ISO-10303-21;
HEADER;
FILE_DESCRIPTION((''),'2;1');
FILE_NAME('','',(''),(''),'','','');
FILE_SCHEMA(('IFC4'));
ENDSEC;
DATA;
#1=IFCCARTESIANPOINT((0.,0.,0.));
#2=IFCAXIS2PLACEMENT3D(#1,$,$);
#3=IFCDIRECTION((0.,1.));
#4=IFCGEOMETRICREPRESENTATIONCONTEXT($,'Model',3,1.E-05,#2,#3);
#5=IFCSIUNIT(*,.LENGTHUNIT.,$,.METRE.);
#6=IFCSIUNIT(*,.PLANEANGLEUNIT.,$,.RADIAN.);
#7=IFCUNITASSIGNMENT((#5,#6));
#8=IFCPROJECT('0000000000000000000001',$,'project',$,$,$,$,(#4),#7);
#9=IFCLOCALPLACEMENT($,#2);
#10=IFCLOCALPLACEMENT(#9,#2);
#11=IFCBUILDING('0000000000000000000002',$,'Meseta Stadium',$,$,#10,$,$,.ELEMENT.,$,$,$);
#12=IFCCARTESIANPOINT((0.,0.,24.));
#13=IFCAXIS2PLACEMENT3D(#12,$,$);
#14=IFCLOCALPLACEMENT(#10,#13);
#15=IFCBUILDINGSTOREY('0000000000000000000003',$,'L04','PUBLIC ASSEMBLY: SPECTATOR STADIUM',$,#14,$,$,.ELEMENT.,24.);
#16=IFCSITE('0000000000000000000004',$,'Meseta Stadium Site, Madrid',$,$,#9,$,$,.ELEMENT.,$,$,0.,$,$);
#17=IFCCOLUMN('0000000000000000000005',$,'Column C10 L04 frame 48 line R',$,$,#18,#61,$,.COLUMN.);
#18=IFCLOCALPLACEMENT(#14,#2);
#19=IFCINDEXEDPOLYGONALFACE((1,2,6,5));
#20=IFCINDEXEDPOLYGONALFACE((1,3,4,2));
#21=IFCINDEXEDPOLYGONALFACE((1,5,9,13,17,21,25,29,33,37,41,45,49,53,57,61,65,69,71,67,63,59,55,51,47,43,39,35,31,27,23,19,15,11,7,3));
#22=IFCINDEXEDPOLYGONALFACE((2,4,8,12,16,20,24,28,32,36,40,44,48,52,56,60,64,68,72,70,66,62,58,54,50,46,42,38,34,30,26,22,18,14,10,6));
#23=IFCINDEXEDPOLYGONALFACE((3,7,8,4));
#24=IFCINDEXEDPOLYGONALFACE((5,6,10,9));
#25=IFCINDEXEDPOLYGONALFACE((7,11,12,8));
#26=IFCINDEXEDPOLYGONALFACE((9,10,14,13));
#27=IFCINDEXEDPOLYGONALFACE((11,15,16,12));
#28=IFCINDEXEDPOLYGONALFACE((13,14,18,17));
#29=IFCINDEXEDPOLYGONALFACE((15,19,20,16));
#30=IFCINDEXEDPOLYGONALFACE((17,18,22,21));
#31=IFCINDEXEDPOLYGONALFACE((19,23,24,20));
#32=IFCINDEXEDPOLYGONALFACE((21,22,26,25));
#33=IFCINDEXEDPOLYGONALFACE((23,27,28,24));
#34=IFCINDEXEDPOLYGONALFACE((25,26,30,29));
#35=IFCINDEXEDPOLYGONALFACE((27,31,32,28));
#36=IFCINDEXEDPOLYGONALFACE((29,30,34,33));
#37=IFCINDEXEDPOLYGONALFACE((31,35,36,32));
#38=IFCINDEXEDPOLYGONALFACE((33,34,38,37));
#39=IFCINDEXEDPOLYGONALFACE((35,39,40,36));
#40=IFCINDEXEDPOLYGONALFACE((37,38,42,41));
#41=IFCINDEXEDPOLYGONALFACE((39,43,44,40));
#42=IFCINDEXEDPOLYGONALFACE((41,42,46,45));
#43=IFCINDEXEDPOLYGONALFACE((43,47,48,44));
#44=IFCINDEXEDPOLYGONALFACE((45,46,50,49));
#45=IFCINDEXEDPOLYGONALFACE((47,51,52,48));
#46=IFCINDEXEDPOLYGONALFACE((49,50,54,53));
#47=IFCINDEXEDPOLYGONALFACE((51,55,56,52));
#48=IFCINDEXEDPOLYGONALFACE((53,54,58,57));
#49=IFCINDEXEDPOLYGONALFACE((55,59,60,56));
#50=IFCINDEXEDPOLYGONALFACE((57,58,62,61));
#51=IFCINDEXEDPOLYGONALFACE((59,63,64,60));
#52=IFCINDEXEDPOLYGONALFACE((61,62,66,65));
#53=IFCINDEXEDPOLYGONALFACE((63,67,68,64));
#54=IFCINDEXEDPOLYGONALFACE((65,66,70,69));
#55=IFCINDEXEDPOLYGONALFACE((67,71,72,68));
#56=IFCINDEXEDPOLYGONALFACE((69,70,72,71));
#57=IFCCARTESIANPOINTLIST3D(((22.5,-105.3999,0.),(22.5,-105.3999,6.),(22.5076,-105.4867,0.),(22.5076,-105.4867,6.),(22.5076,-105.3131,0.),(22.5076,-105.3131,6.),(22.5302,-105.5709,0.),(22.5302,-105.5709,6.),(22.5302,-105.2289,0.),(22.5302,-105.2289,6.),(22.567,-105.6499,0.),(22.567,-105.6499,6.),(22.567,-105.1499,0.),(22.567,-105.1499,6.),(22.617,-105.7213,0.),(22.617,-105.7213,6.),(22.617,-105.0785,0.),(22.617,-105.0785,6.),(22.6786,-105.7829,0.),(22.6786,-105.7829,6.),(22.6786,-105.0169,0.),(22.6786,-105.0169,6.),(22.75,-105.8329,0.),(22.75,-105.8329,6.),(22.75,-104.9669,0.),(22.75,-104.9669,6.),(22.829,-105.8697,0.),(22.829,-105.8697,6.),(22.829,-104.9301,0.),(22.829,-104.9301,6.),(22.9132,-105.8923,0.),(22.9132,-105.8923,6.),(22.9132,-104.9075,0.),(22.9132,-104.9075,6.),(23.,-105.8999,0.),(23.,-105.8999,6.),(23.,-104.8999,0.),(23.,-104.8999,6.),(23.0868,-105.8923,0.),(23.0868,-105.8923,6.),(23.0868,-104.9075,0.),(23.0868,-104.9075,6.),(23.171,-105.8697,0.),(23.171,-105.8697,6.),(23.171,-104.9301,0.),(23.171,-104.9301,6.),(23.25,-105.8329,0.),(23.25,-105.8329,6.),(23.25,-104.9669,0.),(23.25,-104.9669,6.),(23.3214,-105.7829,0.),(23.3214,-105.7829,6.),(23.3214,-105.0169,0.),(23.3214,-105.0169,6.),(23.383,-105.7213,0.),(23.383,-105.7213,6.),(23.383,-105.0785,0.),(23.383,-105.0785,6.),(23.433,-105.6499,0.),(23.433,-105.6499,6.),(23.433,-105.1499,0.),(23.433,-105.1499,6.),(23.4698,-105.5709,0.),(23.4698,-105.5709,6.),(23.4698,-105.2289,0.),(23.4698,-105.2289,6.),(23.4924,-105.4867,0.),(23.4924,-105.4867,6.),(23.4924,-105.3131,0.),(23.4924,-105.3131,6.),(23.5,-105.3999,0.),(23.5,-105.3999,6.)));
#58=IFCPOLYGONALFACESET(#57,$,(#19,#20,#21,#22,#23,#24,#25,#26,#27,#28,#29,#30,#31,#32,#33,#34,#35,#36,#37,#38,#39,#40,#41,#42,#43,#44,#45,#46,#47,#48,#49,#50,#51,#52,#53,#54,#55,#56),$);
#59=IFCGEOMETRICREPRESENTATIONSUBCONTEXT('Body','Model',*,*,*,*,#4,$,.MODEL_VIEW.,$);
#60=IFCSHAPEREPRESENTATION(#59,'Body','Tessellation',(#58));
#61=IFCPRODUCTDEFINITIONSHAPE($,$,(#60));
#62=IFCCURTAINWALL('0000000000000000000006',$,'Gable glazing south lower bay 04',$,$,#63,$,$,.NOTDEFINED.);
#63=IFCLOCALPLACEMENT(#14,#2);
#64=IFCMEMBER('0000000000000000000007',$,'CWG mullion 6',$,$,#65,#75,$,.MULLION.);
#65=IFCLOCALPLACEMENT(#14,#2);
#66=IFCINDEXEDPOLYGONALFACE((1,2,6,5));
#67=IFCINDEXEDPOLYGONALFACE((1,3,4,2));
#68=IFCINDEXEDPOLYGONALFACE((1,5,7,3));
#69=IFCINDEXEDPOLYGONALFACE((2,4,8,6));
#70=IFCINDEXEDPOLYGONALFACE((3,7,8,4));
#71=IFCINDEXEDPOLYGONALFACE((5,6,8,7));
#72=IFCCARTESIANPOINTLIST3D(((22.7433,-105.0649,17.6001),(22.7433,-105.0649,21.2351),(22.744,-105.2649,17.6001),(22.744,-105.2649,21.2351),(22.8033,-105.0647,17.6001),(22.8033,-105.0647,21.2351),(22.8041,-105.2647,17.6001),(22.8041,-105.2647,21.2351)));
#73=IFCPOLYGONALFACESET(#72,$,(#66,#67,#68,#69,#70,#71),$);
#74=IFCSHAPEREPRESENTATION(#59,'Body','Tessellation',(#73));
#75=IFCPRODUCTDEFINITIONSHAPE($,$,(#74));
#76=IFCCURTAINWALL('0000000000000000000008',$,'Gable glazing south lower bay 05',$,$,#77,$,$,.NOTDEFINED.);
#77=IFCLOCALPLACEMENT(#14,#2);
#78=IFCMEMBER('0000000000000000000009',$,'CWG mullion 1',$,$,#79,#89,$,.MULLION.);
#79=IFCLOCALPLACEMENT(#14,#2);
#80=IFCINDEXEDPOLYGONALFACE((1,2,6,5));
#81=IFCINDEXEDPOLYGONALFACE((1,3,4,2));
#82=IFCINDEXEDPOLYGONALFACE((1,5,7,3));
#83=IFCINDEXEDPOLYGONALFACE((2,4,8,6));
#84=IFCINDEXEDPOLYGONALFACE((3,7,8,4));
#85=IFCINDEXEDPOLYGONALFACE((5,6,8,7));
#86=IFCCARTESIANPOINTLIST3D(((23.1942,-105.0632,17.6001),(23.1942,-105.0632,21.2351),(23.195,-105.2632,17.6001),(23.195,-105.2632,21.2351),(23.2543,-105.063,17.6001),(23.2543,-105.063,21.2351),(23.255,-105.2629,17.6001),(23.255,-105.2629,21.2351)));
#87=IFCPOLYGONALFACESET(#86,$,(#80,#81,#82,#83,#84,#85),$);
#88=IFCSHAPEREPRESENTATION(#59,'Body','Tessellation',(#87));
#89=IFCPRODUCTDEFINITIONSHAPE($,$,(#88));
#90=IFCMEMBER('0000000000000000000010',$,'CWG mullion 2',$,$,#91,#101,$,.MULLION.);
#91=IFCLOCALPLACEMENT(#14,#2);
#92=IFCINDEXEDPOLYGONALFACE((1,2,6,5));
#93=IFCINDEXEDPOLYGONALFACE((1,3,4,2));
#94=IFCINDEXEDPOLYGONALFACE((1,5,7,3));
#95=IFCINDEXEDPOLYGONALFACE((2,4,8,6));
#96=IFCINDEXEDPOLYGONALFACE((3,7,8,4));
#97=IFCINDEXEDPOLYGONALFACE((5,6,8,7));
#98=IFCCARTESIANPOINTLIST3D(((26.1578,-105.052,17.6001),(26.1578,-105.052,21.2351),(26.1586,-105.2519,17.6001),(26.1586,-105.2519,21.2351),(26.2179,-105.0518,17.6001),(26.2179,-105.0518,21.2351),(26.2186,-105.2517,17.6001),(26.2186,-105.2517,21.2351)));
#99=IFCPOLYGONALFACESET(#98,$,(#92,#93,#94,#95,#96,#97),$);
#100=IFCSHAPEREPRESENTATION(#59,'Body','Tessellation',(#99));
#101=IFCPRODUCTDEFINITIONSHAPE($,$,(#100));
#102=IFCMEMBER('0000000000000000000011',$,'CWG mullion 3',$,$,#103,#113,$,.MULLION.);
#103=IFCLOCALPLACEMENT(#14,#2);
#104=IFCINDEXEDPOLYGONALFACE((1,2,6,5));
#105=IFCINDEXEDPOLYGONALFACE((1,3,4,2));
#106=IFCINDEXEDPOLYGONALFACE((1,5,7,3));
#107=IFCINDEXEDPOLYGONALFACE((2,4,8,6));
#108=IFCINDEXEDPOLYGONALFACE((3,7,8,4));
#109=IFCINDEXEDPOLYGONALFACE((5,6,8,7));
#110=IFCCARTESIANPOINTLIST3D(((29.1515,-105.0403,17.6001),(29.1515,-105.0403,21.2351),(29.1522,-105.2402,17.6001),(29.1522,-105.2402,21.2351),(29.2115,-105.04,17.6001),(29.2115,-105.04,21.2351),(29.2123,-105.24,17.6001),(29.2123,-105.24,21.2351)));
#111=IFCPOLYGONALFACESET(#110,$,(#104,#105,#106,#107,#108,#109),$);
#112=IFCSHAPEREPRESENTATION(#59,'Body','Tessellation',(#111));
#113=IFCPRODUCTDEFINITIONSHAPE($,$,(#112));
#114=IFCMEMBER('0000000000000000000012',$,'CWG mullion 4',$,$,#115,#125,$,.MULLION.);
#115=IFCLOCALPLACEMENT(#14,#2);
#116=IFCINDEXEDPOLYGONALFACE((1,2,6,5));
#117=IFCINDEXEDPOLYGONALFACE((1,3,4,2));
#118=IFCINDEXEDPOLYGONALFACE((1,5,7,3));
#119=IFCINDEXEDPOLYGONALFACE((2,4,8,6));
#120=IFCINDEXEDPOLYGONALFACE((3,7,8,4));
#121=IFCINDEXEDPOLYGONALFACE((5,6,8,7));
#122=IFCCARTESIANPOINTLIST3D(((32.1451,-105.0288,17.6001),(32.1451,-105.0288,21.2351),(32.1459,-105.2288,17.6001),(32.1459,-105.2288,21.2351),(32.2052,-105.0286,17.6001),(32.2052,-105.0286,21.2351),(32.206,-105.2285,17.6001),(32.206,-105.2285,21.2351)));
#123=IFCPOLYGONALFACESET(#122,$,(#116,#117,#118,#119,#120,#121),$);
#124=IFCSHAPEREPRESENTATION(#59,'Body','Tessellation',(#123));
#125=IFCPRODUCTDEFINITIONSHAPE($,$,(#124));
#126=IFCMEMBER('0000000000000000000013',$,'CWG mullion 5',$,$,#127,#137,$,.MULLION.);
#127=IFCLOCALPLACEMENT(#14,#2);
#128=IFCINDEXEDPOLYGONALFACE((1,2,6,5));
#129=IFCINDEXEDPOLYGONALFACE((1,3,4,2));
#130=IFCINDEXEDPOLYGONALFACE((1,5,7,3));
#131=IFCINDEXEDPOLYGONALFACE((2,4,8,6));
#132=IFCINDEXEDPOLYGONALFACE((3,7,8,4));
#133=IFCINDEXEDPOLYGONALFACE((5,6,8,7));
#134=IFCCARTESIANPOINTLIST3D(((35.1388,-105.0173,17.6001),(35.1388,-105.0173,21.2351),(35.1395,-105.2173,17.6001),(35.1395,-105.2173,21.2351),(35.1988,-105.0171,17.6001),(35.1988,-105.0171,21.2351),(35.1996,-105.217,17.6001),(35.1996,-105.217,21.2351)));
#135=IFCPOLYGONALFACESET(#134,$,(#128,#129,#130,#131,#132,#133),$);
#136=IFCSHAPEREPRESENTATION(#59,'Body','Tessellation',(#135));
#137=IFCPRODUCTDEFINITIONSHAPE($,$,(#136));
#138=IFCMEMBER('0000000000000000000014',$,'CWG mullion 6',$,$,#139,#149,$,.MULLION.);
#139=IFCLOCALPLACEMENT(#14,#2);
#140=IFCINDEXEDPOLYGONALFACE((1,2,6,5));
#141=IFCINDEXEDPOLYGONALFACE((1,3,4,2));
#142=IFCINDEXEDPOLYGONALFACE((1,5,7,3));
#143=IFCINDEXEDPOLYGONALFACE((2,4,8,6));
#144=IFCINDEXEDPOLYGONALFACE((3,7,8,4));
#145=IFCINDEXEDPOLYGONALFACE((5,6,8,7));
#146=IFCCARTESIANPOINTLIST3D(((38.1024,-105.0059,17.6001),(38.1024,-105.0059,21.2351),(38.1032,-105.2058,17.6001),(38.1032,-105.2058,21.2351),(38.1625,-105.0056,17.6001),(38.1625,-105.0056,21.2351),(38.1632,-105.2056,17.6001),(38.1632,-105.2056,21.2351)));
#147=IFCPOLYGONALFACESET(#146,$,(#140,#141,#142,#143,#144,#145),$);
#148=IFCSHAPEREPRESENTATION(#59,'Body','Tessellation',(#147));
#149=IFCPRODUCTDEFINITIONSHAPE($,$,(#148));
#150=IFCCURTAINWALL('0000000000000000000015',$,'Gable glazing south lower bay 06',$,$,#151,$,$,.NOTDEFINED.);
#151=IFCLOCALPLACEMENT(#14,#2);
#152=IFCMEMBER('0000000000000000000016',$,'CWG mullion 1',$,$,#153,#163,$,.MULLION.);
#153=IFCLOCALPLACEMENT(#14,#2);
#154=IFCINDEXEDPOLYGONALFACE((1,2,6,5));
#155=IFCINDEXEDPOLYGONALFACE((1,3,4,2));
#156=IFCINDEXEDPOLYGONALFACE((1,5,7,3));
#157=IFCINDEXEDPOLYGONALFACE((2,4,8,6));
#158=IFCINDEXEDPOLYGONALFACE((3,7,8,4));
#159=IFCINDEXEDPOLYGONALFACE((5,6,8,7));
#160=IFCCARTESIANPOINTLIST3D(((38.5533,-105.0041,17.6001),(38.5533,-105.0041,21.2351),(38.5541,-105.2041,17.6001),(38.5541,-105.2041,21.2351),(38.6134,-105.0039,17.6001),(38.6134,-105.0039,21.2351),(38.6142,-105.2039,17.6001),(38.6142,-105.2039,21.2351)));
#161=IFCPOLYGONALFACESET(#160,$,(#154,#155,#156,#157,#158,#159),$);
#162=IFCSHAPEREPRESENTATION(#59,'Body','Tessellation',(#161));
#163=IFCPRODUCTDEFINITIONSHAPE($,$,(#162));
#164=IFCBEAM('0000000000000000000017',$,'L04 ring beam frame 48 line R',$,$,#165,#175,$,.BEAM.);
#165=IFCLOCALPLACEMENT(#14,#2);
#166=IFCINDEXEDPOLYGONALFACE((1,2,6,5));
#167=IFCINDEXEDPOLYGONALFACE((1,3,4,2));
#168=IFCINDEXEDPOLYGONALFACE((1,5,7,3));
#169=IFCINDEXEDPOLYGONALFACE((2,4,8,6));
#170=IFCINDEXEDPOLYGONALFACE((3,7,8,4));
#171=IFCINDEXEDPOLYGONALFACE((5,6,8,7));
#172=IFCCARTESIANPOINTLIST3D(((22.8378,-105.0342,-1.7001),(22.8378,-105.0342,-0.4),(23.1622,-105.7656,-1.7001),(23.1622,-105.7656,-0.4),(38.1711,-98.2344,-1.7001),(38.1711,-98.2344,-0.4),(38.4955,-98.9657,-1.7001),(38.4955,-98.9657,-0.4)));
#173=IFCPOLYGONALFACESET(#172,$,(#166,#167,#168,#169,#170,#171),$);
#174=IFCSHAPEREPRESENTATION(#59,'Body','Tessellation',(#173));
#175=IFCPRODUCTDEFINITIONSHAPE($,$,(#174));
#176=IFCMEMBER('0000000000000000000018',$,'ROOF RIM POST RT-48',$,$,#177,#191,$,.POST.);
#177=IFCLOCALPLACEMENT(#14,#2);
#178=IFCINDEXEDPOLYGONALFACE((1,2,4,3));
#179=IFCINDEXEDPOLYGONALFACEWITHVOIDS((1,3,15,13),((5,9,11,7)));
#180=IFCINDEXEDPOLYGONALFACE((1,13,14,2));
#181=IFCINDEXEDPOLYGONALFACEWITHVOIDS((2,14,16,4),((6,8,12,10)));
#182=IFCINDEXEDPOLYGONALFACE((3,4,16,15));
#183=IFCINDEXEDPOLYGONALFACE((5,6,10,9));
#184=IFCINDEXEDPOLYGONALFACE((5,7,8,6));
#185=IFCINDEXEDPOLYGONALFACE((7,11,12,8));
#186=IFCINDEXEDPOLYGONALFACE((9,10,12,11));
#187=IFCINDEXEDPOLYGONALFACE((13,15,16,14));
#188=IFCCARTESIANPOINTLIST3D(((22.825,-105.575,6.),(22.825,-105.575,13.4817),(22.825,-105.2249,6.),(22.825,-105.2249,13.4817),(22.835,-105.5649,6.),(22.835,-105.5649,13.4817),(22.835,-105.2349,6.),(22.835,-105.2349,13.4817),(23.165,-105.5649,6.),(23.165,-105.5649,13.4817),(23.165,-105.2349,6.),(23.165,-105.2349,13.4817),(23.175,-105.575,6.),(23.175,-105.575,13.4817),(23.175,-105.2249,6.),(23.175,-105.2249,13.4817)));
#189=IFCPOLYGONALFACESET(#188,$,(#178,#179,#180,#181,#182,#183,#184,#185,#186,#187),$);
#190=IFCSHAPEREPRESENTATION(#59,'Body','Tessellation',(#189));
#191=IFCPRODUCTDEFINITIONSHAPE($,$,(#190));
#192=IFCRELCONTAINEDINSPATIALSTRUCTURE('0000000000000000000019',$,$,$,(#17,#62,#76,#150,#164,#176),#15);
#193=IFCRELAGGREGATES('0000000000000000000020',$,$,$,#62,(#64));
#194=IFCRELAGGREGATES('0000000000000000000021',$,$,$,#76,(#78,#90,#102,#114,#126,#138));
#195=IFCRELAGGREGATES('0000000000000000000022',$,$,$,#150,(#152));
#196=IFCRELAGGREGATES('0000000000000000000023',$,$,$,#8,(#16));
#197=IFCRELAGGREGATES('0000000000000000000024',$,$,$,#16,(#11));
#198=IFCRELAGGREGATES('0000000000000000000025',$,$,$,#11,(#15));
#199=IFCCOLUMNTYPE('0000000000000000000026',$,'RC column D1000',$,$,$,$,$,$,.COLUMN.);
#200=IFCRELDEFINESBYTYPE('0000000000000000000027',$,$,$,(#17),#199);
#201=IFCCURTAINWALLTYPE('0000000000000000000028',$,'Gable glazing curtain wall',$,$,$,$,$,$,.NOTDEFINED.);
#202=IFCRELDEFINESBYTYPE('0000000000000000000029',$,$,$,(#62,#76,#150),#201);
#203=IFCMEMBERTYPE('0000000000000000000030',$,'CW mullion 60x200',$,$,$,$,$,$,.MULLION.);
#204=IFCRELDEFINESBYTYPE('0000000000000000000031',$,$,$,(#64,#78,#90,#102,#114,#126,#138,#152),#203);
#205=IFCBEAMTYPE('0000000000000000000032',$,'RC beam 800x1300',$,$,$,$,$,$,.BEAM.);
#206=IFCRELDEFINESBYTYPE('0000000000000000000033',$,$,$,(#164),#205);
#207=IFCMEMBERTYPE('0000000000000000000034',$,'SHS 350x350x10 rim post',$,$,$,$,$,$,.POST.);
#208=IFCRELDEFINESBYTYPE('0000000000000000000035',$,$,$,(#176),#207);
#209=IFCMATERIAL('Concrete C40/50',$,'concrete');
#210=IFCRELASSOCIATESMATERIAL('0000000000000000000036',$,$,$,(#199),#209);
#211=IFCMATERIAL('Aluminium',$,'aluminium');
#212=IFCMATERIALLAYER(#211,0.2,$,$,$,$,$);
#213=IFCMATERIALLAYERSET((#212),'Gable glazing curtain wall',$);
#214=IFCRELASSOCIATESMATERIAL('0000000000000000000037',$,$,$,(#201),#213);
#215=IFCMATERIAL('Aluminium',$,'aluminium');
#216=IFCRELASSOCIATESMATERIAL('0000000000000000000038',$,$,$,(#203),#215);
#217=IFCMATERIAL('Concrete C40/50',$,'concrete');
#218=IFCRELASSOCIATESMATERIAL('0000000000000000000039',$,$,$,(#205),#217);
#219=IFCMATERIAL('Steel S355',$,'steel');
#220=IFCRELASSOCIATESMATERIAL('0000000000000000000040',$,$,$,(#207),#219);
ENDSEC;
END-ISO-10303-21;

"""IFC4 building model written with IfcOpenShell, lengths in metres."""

from ifc_helpers import new_model, si_unit, direction, frame, origin, origin_2d, place, context, subcontext, project, spatial, rectangle, hollow_rectangle, circle, extrude, material, layer, layer_set, material_profile, profile_set, type_object, element, aggregate, save


model = new_model("IFC4")

# Units and contexts
model_context = context("Model", 3, precision=1e-05, world=origin(), true_north=direction((0.0, 1.0)))
body_context = subcontext(model_context, "Body", "Model", "MODEL_VIEW")
ifc_project = project(units=[si_unit("LENGTHUNIT", "METRE"), si_unit("PLANEANGLEUNIT", "RADIAN")], contexts=[model_context])

# Site, building, storey
site_placement = place(None, origin())
site = spatial("IfcSite", under=ifc_project, at=site_placement, Name="Meseta Stadium Site, Madrid", CompositionType="ELEMENT", RefElevation=0.0)
building_placement = place(site_placement, origin())
building = spatial("IfcBuilding", under=site, at=building_placement, Name="Meseta Stadium", CompositionType="ELEMENT")
storey_placement = place(building_placement, frame((0.0, 0.0, 24.0)))
storey = spatial("IfcBuildingStorey", under=building, at=storey_placement, Name="L04", Description="PUBLIC ASSEMBLY: SPECTATOR STADIUM", CompositionType="ELEMENT", Elevation=24.0)

# Column
ifc_material_1 = material(Name="Concrete C40/50", Category="concrete")
ifc_material_profile_1 = material_profile(ifc_material_1, circle(Radius=0.5, at=origin_2d()), Name="RC D1000")
ifc_profile_set_1 = profile_set([ifc_material_profile_1], Name="Concrete C40/50")
column_type = type_object("IfcColumnType", Name="RC column D1000", PredefinedType="COLUMN", material=ifc_profile_set_1)
column_placement = place(storey_placement, frame((23.0, -105.3999, 0.0), z_axis=(0.0, 0.0, 1.0), x_axis=(1.0, 0.0, 0.0)))
element("IfcColumn", 1, at=column_placement, inside=storey, type_object=column_type, Name="Column C10 L04 frame 48 line R", PredefinedType="COLUMN", context=body_context, shape_type="SweptSolid", body=[
    extrude(circle(Radius=0.5, at=origin_2d()), origin(), (0.0, 0.0, 1.0), 6.0),
])

# Curtain wall, member
ifc_material_2 = material(Name="Aluminium", Category="aluminium")
ifc_layer_1 = layer(ifc_material_2, 0.2)
ifc_layer_set_1 = layer_set([ifc_layer_1], Name="Gable glazing curtain wall")
curtain_wall_type = type_object("IfcCurtainWallType", Name="Gable glazing curtain wall", PredefinedType="NOTDEFINED", material=ifc_layer_set_1)
curtain_wall_1_placement = place(storey_placement, origin())
curtain_wall_1 = element("IfcCurtainWall", 2, at=curtain_wall_1_placement, inside=storey, type_object=curtain_wall_type, Name="Gable glazing south lower bay 04", PredefinedType="NOTDEFINED")
ifc_material_3 = material(Name="Aluminium", Category="aluminium")
ifc_material_profile_2 = material_profile(ifc_material_3, rectangle(XDim=0.2, YDim=0.0601, at=origin_2d()), Name="CW 200x60")
ifc_profile_set_2 = profile_set([ifc_material_profile_2], Name="Aluminium")
member_type_1 = type_object("IfcMemberType", Name="CW mullion 60x200", PredefinedType="MULLION", material=ifc_profile_set_2)
member_1_placement = place(storey_placement, frame((22.7737, -105.1648, 17.6001), z_axis=(0.0, 0.0, 1.0), x_axis=(-0.003848, 0.999993, 0.0)))
member_1 = element("IfcMember", 3, at=member_1_placement, type_object=member_type_1, Name="CWG mullion 6", PredefinedType="MULLION", context=body_context, shape_type="SweptSolid", body=[
    extrude(rectangle(XDim=0.2, YDim=0.0601, at=origin_2d()), origin(), (0.0, 0.0, 1.0), 3.635),
])
aggregate(curtain_wall_1, [member_1])

# Curtain wall, members
curtain_wall_2_placement = place(storey_placement, origin())
curtain_wall_2 = element("IfcCurtainWall", 4, at=curtain_wall_2_placement, inside=storey, type_object=curtain_wall_type, Name="Gable glazing south lower bay 05", PredefinedType="NOTDEFINED")
member_2_placement = place(storey_placement, frame((23.2246, -105.1631, 17.6001), z_axis=(0.0, 0.0, 1.0), x_axis=(-0.003848, 0.999993, 0.0)))
member_2 = element("IfcMember", 5, at=member_2_placement, type_object=member_type_1, Name="CWG mullion 1", PredefinedType="MULLION", context=body_context, shape_type="SweptSolid", body=[
    extrude(rectangle(XDim=0.2, YDim=0.0601, at=origin_2d()), origin(), (0.0, 0.0, 1.0), 3.635),
])
member_3_placement = place(storey_placement, frame((26.1882, -105.1519, 17.6001), z_axis=(0.0, 0.0, 1.0), x_axis=(-0.003848, 0.999993, 0.0)))
member_3 = element("IfcMember", 6, at=member_3_placement, type_object=member_type_1, Name="CWG mullion 2", PredefinedType="MULLION", context=body_context, shape_type="SweptSolid", body=[
    extrude(rectangle(XDim=0.2, YDim=0.0601, at=origin_2d()), origin(), (0.0, 0.0, 1.0), 3.635),
])
member_4_placement = place(storey_placement, frame((29.1819, -105.1401, 17.6001), z_axis=(0.0, 0.0, 1.0), x_axis=(-0.003848, 0.999993, 0.0)))
member_4 = element("IfcMember", 7, at=member_4_placement, type_object=member_type_1, Name="CWG mullion 3", PredefinedType="MULLION", context=body_context, shape_type="SweptSolid", body=[
    extrude(rectangle(XDim=0.2, YDim=0.0601, at=origin_2d()), origin(), (0.0, 0.0, 1.0), 3.635),
])
member_5_placement = place(storey_placement, frame((32.1755, -105.1287, 17.6001), z_axis=(0.0, 0.0, 1.0), x_axis=(-0.003848, 0.999993, 0.0)))
member_5 = element("IfcMember", 8, at=member_5_placement, type_object=member_type_1, Name="CWG mullion 4", PredefinedType="MULLION", context=body_context, shape_type="SweptSolid", body=[
    extrude(rectangle(XDim=0.2, YDim=0.0601, at=origin_2d()), origin(), (0.0, 0.0, 1.0), 3.635),
])
member_6_placement = place(storey_placement, frame((35.1692, -105.1172, 17.6001), z_axis=(0.0, 0.0, 1.0), x_axis=(-0.003848, 0.999993, 0.0)))
member_6 = element("IfcMember", 9, at=member_6_placement, type_object=member_type_1, Name="CWG mullion 5", PredefinedType="MULLION", context=body_context, shape_type="SweptSolid", body=[
    extrude(rectangle(XDim=0.2, YDim=0.0601, at=origin_2d()), origin(), (0.0, 0.0, 1.0), 3.635),
])
member_7_placement = place(storey_placement, frame((38.1328, -105.1057, 17.6001), z_axis=(0.0, 0.0, 1.0), x_axis=(-0.003848, 0.999993, 0.0)))
member_7 = element("IfcMember", 10, at=member_7_placement, type_object=member_type_1, Name="CWG mullion 6", PredefinedType="MULLION", context=body_context, shape_type="SweptSolid", body=[
    extrude(rectangle(XDim=0.2, YDim=0.0601, at=origin_2d()), origin(), (0.0, 0.0, 1.0), 3.635),
])
aggregate(curtain_wall_2, [member_2, member_3, member_4, member_5, member_6, member_7])

# Curtain wall, member
curtain_wall_3_placement = place(storey_placement, origin())
curtain_wall_3 = element("IfcCurtainWall", 11, at=curtain_wall_3_placement, inside=storey, type_object=curtain_wall_type, Name="Gable glazing south lower bay 06", PredefinedType="NOTDEFINED")
member_8_placement = place(storey_placement, frame((38.5837, -105.104, 17.6001), z_axis=(0.0, 0.0, 1.0), x_axis=(-0.003848, 0.999993, 0.0)))
member_8 = element("IfcMember", 12, at=member_8_placement, type_object=member_type_1, Name="CWG mullion 1", PredefinedType="MULLION", context=body_context, shape_type="SweptSolid", body=[
    extrude(rectangle(XDim=0.2, YDim=0.0601, at=origin_2d()), origin(), (0.0, 0.0, 1.0), 3.635),
])
aggregate(curtain_wall_3, [member_8])

# Beam
ifc_material_4 = material(Name="Concrete C40/50", Category="concrete")
ifc_material_profile_3 = material_profile(ifc_material_4, rectangle(XDim=0.8, YDim=1.3, at=origin_2d()), Name="RC 800x1300")
ifc_profile_set_3 = profile_set([ifc_material_profile_3], Name="Concrete C40/50")
beam_type = type_object("IfcBeamType", Name="RC beam 800x1300", PredefinedType="BEAM", material=ifc_profile_set_3)
beam_placement = place(storey_placement, frame((23.0, -105.3999, -1.05), z_axis=(0.914143, 0.405393, 0.0), x_axis=(-0.405393, 0.914143, 0.0)))
element("IfcBeam", 13, at=beam_placement, inside=storey, type_object=beam_type, Name="L04 ring beam frame 48 line R", PredefinedType="BEAM", context=body_context, shape_type="SweptSolid", body=[
    extrude(rectangle(XDim=0.8, YDim=1.3, at=origin_2d()), origin(), (0.0, 0.0, 1.0), 16.7734),
])

# Member
ifc_material_5 = material(Name="Steel S355", Category="steel")
ifc_material_profile_4 = material_profile(ifc_material_5, hollow_rectangle(XDim=0.3501, YDim=0.3501, WallThickness=0.01, at=origin_2d()), Name="SHS 350x350x10")
ifc_profile_set_4 = profile_set([ifc_material_profile_4], Name="Steel S355")
member_type_2 = type_object("IfcMemberType", Name="SHS 350x350x10 rim post", PredefinedType="POST", material=ifc_profile_set_4)
member_9_placement = place(storey_placement, frame((23.0, -105.3999, 6.0), z_axis=(0.0, 0.0, 1.0), x_axis=(1.0, 0.0, 0.0)))
element("IfcMember", 14, at=member_9_placement, inside=storey, type_object=member_type_2, Name="ROOF RIM POST RT-48", PredefinedType="POST", context=body_context, shape_type="SweptSolid", body=[
    extrude(hollow_rectangle(XDim=0.3501, YDim=0.3501, WallThickness=0.01, at=origin_2d()), origin(), (0.0, 0.0, 1.0), 7.4817),
])

save(model, "model.ifc")
